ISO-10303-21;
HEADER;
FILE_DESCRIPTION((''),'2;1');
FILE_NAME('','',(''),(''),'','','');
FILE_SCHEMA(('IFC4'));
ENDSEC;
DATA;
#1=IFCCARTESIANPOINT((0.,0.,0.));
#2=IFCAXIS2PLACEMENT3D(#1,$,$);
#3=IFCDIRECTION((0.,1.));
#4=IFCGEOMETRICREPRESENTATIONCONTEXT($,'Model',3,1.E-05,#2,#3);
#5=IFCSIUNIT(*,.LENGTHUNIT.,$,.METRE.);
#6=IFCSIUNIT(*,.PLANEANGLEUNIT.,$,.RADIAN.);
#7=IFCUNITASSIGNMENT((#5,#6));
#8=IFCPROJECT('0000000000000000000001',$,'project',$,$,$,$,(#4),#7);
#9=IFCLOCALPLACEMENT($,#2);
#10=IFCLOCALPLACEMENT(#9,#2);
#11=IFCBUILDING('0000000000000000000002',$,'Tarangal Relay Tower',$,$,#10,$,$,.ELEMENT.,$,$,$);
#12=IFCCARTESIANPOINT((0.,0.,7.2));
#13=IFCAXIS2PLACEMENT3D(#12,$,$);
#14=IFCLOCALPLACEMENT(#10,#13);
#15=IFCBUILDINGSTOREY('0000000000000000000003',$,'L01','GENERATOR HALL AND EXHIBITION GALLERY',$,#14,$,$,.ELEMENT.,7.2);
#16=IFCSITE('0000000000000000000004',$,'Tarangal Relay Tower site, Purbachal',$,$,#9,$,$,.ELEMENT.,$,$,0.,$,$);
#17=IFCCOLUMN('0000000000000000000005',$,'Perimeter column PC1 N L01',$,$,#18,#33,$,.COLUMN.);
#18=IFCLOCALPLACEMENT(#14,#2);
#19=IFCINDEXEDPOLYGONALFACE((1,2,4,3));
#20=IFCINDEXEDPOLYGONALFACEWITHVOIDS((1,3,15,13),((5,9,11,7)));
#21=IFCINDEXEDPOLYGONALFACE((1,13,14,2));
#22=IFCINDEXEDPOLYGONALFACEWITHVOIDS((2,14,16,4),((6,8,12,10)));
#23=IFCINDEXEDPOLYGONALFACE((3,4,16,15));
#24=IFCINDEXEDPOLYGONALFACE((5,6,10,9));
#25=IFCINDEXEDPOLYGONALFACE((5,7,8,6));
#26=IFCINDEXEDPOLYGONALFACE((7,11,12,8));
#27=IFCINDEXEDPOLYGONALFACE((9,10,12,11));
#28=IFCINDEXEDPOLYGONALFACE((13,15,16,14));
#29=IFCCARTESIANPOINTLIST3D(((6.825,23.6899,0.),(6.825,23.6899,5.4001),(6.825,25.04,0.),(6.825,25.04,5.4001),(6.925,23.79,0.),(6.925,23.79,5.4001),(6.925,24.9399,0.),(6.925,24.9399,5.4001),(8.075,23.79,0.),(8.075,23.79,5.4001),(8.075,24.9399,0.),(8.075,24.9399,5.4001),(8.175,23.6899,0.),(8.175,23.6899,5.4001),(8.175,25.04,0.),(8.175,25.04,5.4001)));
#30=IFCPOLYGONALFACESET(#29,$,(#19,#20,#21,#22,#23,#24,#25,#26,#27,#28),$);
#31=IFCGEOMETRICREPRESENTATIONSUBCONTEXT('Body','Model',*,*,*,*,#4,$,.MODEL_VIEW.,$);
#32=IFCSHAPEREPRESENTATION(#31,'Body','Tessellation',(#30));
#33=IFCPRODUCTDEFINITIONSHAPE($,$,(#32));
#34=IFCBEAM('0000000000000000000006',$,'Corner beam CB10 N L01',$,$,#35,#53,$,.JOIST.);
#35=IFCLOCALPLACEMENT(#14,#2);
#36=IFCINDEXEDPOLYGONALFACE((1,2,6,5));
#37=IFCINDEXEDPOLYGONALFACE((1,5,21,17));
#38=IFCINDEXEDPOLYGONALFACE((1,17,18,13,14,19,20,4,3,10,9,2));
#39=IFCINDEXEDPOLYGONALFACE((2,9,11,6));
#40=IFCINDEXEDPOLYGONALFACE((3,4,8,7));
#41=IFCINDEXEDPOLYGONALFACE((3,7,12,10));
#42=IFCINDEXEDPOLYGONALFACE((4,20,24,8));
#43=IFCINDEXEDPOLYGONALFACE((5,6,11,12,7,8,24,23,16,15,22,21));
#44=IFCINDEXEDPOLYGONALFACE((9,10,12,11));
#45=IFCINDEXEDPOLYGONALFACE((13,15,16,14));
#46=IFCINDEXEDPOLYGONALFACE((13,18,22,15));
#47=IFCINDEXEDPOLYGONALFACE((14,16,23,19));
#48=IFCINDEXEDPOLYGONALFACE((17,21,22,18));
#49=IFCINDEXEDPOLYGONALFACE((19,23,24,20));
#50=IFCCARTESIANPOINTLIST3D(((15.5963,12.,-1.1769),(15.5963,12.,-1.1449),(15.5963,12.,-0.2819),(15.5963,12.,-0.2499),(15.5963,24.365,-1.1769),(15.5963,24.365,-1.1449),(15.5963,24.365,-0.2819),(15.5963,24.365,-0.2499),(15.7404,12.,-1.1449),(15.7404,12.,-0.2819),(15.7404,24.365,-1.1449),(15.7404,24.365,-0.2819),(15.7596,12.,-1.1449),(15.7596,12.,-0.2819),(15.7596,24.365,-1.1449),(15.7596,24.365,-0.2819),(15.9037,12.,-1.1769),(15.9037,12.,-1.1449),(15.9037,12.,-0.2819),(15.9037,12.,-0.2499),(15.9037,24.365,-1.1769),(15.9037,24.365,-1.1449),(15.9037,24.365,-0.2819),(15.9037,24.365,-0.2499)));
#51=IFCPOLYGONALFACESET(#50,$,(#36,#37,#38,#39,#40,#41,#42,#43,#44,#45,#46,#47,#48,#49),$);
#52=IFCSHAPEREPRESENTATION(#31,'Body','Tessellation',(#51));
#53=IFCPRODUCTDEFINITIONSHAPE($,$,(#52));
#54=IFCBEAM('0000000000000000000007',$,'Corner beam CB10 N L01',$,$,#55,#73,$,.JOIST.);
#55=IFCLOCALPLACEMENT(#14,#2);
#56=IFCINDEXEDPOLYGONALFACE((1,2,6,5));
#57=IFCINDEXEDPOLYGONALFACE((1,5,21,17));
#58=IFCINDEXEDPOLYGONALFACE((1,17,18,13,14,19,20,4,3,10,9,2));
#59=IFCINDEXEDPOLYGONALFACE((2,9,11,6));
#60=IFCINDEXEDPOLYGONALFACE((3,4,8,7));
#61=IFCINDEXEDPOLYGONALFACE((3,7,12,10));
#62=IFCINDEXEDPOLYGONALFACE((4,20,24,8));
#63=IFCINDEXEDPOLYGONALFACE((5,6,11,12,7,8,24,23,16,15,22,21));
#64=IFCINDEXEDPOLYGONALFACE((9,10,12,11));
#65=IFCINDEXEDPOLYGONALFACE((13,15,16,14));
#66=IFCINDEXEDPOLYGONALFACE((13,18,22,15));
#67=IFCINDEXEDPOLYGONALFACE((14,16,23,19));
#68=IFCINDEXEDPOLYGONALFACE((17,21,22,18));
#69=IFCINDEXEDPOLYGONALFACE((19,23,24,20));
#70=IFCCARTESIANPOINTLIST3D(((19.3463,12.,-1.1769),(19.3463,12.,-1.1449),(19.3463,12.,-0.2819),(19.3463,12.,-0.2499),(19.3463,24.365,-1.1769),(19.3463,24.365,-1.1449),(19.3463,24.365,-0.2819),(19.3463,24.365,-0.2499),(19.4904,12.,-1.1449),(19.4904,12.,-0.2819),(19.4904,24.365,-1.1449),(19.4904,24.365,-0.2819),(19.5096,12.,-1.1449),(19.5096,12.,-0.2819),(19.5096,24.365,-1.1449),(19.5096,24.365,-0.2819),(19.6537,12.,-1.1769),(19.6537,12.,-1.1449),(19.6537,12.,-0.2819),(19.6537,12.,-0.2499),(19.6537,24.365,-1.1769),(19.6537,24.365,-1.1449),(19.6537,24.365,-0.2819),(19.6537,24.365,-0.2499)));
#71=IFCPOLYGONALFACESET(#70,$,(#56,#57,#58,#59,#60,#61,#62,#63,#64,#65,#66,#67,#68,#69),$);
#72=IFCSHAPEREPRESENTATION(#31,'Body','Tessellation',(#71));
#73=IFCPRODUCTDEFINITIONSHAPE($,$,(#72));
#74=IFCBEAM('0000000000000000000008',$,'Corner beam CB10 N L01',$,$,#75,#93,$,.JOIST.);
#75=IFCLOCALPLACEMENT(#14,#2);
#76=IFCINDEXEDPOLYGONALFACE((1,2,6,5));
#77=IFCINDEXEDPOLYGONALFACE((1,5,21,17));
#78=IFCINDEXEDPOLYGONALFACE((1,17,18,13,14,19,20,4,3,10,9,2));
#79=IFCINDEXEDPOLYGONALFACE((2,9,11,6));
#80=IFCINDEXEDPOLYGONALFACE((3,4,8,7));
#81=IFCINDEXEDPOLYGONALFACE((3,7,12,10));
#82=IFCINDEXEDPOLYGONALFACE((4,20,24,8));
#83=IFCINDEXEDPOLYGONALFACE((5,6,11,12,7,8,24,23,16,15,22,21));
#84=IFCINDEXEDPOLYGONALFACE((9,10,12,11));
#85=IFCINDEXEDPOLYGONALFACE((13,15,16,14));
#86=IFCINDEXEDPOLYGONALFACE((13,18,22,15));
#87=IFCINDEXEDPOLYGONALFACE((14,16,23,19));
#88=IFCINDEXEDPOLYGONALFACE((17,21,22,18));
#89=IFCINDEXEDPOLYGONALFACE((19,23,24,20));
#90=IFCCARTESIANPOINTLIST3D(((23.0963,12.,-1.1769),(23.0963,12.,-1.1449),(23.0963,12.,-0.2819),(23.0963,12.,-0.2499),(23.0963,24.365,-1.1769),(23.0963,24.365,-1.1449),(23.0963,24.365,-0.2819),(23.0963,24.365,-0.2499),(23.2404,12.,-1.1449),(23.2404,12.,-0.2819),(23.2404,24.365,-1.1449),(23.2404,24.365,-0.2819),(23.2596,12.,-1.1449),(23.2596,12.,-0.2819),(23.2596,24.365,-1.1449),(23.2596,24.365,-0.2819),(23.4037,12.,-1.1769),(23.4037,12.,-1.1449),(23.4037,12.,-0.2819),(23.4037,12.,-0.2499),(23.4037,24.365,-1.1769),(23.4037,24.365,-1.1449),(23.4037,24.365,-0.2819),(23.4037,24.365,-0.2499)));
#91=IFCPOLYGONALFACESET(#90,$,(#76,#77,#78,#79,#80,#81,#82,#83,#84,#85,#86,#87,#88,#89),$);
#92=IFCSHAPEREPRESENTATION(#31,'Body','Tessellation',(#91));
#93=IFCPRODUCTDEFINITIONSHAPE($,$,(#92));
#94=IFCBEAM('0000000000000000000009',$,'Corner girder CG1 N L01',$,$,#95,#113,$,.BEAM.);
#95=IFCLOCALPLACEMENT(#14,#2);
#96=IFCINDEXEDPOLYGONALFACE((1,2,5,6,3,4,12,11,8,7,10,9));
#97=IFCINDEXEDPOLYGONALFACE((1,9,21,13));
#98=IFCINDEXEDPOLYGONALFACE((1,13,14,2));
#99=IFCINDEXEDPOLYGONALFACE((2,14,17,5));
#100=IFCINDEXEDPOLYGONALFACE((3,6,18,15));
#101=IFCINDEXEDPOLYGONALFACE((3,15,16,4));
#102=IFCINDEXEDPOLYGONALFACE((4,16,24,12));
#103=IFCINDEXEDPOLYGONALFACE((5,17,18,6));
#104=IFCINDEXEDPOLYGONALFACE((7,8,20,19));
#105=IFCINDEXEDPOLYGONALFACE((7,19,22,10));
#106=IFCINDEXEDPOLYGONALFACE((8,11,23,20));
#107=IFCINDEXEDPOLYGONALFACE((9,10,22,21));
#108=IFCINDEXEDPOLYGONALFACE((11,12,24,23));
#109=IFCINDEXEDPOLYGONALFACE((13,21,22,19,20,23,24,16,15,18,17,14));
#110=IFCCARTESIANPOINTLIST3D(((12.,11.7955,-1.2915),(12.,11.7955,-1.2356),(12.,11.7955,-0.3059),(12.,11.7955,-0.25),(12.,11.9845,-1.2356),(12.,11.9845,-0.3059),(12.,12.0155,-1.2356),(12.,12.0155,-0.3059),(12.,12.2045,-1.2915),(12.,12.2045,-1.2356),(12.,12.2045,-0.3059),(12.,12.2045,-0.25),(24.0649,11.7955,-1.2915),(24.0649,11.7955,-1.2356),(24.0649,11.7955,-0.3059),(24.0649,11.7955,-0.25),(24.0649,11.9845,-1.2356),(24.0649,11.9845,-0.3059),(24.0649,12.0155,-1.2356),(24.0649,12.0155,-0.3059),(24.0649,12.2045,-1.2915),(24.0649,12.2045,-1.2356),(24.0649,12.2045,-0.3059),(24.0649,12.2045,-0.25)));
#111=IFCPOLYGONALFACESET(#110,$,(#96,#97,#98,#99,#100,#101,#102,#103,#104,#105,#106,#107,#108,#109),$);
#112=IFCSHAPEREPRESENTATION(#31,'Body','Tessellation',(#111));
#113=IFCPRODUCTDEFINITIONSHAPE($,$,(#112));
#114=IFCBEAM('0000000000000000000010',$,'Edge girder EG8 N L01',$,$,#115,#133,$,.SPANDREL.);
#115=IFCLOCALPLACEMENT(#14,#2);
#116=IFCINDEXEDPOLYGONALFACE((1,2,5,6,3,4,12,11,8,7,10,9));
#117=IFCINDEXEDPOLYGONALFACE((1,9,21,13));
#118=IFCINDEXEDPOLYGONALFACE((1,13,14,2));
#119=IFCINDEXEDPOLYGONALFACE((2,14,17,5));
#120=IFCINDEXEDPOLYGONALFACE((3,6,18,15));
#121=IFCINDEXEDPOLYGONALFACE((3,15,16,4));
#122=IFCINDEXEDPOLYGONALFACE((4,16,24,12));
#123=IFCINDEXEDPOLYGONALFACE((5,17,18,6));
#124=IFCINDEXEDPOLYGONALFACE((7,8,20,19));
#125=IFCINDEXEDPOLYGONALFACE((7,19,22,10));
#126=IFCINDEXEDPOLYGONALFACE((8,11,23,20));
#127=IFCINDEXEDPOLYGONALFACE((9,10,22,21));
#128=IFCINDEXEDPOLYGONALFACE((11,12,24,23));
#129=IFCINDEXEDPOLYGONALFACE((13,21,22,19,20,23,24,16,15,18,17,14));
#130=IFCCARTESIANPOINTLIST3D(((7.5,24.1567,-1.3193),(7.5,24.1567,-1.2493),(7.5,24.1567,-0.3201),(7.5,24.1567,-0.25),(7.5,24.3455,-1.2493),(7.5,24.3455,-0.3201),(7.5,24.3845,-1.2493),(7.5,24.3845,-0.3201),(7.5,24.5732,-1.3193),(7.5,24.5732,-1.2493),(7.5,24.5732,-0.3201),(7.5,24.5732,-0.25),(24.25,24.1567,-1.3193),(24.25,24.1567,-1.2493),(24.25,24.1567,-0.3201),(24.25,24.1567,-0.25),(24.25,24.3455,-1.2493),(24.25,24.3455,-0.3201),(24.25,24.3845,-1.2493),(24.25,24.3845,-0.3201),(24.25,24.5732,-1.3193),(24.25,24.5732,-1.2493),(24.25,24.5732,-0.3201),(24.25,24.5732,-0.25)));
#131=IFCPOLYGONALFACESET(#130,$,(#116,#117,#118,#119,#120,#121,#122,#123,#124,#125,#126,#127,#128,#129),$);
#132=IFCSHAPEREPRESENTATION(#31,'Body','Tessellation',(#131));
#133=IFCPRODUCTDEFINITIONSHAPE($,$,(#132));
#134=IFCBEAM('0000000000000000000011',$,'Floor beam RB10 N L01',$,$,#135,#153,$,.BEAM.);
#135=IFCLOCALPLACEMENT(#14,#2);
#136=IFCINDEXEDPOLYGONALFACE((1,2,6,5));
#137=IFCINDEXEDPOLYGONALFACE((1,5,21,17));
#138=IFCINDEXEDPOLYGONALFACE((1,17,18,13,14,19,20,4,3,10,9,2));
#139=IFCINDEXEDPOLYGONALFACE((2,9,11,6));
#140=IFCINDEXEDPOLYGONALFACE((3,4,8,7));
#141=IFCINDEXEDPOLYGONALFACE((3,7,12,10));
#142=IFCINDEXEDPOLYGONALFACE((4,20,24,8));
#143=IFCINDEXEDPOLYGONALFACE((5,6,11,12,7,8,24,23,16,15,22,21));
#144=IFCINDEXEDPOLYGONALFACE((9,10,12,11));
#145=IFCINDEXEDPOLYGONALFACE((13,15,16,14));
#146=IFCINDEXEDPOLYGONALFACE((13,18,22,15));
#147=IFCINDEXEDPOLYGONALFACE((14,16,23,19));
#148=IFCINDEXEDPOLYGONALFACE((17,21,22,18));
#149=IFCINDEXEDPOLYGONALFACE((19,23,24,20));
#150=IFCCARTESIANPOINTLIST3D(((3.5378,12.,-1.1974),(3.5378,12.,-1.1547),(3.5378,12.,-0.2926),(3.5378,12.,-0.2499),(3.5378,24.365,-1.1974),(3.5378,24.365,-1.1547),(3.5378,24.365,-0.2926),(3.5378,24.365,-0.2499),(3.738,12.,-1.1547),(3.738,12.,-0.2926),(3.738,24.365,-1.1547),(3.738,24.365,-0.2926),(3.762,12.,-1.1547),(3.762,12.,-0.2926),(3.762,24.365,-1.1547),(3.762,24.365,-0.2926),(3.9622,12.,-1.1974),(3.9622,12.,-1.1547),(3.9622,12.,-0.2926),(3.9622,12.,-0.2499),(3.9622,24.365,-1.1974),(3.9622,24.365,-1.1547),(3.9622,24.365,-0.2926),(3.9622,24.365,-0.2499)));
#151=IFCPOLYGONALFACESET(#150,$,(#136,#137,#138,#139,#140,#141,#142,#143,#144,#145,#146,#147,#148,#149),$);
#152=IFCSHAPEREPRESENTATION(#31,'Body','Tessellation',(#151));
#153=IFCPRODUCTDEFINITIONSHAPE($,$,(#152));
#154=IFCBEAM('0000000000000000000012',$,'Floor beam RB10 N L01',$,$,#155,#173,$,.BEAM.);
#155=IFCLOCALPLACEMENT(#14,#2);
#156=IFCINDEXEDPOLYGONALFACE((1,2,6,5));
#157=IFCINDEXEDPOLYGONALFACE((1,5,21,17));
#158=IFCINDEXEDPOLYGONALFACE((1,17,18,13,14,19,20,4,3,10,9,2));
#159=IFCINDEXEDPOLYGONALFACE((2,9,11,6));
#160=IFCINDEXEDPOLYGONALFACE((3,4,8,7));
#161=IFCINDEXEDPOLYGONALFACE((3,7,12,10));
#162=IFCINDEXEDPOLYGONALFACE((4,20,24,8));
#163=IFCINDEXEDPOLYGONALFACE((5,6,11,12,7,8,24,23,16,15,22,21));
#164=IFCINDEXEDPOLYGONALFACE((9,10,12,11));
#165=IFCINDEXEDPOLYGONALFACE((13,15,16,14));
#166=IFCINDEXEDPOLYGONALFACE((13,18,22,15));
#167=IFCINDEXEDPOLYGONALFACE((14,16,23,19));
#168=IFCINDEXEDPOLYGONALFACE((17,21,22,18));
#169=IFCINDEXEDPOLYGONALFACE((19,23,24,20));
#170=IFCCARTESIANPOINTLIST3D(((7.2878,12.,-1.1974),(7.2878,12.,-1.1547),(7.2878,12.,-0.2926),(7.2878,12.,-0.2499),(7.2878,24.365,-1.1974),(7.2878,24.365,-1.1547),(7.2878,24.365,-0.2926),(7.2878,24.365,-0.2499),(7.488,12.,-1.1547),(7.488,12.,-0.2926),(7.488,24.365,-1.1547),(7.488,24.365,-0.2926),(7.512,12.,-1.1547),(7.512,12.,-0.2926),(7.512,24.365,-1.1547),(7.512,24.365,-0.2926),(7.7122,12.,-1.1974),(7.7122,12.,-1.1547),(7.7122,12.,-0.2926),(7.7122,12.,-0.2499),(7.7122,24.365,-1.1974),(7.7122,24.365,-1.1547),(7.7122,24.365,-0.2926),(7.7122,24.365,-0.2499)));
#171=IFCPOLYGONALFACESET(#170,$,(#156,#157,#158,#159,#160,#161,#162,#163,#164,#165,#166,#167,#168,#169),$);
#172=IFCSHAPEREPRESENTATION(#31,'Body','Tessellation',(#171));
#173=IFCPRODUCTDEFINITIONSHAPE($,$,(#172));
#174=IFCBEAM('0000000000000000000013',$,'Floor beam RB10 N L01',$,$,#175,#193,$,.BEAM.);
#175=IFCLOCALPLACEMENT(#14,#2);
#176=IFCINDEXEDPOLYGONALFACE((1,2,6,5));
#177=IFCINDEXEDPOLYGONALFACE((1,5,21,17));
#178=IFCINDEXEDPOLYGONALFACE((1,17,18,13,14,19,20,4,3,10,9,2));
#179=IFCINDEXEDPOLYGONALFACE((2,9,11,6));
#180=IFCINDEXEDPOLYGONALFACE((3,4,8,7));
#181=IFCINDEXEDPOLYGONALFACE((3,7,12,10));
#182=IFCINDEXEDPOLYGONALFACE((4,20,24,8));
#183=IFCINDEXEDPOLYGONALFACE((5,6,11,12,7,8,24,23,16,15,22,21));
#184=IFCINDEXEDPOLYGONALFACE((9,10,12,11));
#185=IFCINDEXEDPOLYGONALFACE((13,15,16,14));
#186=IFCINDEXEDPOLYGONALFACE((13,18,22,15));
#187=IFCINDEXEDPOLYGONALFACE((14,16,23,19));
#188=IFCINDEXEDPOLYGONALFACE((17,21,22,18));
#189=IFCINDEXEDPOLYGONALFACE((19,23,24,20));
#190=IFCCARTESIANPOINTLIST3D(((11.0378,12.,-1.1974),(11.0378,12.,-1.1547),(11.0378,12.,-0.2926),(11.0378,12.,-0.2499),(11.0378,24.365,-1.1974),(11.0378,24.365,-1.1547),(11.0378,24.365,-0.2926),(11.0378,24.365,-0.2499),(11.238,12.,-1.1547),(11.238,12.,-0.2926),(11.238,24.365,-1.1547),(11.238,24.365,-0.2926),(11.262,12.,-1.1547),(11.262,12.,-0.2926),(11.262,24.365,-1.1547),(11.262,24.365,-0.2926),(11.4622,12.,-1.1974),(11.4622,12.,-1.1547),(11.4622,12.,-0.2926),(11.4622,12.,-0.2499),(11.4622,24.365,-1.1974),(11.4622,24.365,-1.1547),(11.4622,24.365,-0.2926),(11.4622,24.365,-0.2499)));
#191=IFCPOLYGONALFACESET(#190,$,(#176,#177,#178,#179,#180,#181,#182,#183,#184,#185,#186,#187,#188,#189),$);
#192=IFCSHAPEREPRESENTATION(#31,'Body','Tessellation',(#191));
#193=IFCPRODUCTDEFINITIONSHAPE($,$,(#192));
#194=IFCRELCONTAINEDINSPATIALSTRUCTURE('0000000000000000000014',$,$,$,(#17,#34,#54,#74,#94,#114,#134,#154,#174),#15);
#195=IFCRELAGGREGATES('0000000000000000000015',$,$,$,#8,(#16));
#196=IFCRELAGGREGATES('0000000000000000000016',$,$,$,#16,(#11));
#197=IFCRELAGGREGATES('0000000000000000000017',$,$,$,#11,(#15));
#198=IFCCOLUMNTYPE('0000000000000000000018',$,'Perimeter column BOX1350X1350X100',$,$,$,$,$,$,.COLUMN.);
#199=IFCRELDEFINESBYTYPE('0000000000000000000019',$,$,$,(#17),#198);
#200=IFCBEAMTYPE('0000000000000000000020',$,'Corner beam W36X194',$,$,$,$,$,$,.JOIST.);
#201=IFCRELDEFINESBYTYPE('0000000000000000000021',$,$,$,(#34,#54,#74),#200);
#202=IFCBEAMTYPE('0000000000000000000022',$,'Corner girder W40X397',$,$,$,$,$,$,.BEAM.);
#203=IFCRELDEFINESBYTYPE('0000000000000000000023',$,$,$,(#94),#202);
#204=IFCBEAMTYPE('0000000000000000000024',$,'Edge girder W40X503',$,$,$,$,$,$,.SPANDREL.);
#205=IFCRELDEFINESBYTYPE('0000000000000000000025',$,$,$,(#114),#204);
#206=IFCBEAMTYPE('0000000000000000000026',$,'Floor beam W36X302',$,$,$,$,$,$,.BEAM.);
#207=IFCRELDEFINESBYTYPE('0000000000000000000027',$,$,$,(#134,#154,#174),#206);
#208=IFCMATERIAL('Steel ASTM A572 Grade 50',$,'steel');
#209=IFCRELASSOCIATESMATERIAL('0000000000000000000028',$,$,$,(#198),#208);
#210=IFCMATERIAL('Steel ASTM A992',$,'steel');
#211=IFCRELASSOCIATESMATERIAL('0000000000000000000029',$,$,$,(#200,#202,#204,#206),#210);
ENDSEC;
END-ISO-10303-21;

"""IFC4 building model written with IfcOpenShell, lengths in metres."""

from ifc_helpers import new_model, si_unit, direction, frame, origin, origin_2d, place, context, subcontext, project, spatial, hollow_rectangle, i_section, extrude, material, material_profile, profile_set, type_object, element, save


model = new_model("IFC4")

# Units and contexts
model_context = context("Model", 3, precision=1e-05, world=origin(), true_north=direction((0.0, 1.0)))
body_context = subcontext(model_context, "Body", "Model", "MODEL_VIEW")
ifc_project = project(units=[si_unit("LENGTHUNIT", "METRE"), si_unit("PLANEANGLEUNIT", "RADIAN")], contexts=[model_context])

# Site, building, storey
site_placement = place(None, origin())
site = spatial("IfcSite", under=ifc_project, at=site_placement, Name="Tarangal Relay Tower site, Purbachal", CompositionType="ELEMENT", RefElevation=0.0)
building_placement = place(site_placement, origin())
building = spatial("IfcBuilding", under=site, at=building_placement, Name="Tarangal Relay Tower", CompositionType="ELEMENT")
storey_placement = place(building_placement, frame((0.0, 0.0, 7.2)))
storey = spatial("IfcBuildingStorey", under=building, at=storey_placement, Name="L01", Description="GENERATOR HALL AND EXHIBITION GALLERY", CompositionType="ELEMENT", Elevation=7.2)

# Column
ifc_material_1 = material(Name="Steel ASTM A572 Grade 50", Category="steel")
ifc_material_profile_1 = material_profile(ifc_material_1, hollow_rectangle(XDim=1.3501, YDim=1.3501, WallThickness=0.1001, at=origin_2d()), Name="BOX1350X1350X100")
ifc_profile_set_1 = profile_set([ifc_material_profile_1], Name="Steel ASTM A572 Grade 50")
column_type = type_object("IfcColumnType", Name="Perimeter column BOX1350X1350X100", PredefinedType="COLUMN", material=ifc_profile_set_1)
column_placement = place(storey_placement, frame((7.5, 24.365, 0.0), z_axis=(0.0, 0.0, 1.0), x_axis=(1.0, 0.0, 0.0)))
element("IfcColumn", 1, at=column_placement, inside=storey, type_object=column_type, Name="Perimeter column PC1 N L01", PredefinedType="COLUMN", context=body_context, shape_type="SweptSolid", body=[
    extrude(hollow_rectangle(XDim=1.3501, YDim=1.3501, WallThickness=0.1001, at=origin_2d()), origin(), (0.0, 0.0, 1.0), 5.4001),
])

# Beams
ifc_material_2 = material(Name="Steel ASTM A992", Category="steel")
ifc_material_profile_2 = material_profile(ifc_material_2, i_section(OverallWidth=0.3074, OverallDepth=0.927, WebThickness=0.0193, FlangeThickness=0.032, at=origin_2d()), Name="W36X194")
ifc_profile_set_2 = profile_set([ifc_material_profile_2], Name="Steel ASTM A992")
beam_type_1 = type_object("IfcBeamType", Name="Corner beam W36X194", PredefinedType="JOIST", material=ifc_profile_set_2)
for number, where, z_axis, x_axis, name in (
    (2, (15.75, 12.0, -0.7134), (0.0, 1.0, 0.0), (-1.0, 0.0, 0.0), "Corner beam CB10 N L01"),
    (3, (19.5, 12.0, -0.7134), (0.0, 1.0, 0.0), (-1.0, 0.0, 0.0), "Corner beam CB10 N L01"),
    (4, (23.25, 12.0, -0.7134), (0.0, 1.0, 0.0), (-1.0, 0.0, 0.0), "Corner beam CB10 N L01"),
):
    element("IfcBeam", number, at=place(storey_placement, frame(where, z_axis=z_axis, x_axis=x_axis)), inside=storey, type_object=beam_type_1, Name=name, PredefinedType="JOIST", context=body_context, shape_type="SweptSolid", body=[
        extrude(i_section(OverallWidth=0.3074, OverallDepth=0.927, WebThickness=0.0193, FlangeThickness=0.032, at=origin_2d()), origin(), (0.0, 0.0, 1.0), 12.365),
    ])
ifc_material_profile_3 = material_profile(ifc_material_2, i_section(OverallWidth=0.4089, OverallDepth=1.0415, WebThickness=0.031, FlangeThickness=0.0559, at=origin_2d()), Name="W40X397")
ifc_profile_set_3 = profile_set([ifc_material_profile_3], Name="Steel ASTM A992")
beam_type_2 = type_object("IfcBeamType", Name="Corner girder W40X397", PredefinedType="BEAM", material=ifc_profile_set_3)
beam_1_placement = place(storey_placement, frame((12.0, 12.0, -0.7708), z_axis=(1.0, 0.0, 0.0), x_axis=(0.0, 1.0, 0.0)))
element("IfcBeam", 5, at=beam_1_placement, inside=storey, type_object=beam_type_2, Name="Corner girder CG1 N L01", PredefinedType="BEAM", context=body_context, shape_type="SweptSolid", body=[
    extrude(i_section(OverallWidth=0.4089, OverallDepth=1.0415, WebThickness=0.031, FlangeThickness=0.0559, at=origin_2d()), origin(), (0.0, 0.0, 1.0), 12.0649),
])
ifc_material_profile_4 = material_profile(ifc_material_2, i_section(OverallWidth=0.4165, OverallDepth=1.0693, WebThickness=0.0391, FlangeThickness=0.0701, at=origin_2d()), Name="W40X503")
ifc_profile_set_4 = profile_set([ifc_material_profile_4], Name="Steel ASTM A992")
beam_type_3 = type_object("IfcBeamType", Name="Edge girder W40X503", PredefinedType="SPANDREL", material=ifc_profile_set_4)
beam_2_placement = place(storey_placement, frame((7.5, 24.365, -0.7847), z_axis=(1.0, 0.0, 0.0), x_axis=(0.0, 1.0, 0.0)))
element("IfcBeam", 6, at=beam_2_placement, inside=storey, type_object=beam_type_3, Name="Edge girder EG8 N L01", PredefinedType="SPANDREL", context=body_context, shape_type="SweptSolid", body=[
    extrude(i_section(OverallWidth=0.4165, OverallDepth=1.0693, WebThickness=0.0391, FlangeThickness=0.0701, at=origin_2d()), origin(), (0.0, 0.0, 1.0), 16.75),
])
ifc_material_profile_5 = material_profile(ifc_material_2, i_section(OverallWidth=0.4243, OverallDepth=0.9475, WebThickness=0.0239, FlangeThickness=0.0427, at=origin_2d()), Name="W36X302")
ifc_profile_set_5 = profile_set([ifc_material_profile_5], Name="Steel ASTM A992")
beam_type_4 = type_object("IfcBeamType", Name="Floor beam W36X302", PredefinedType="BEAM", material=ifc_profile_set_5)
for number, where, z_axis, x_axis, name in (
    (7, (3.75, 12.0, -0.7236), (0.0, 1.0, 0.0), (-1.0, 0.0, 0.0), "Floor beam RB10 N L01"),
    (8, (7.5, 12.0, -0.7236), (0.0, 1.0, 0.0), (-1.0, 0.0, 0.0), "Floor beam RB10 N L01"),
    (9, (11.25, 12.0, -0.7236), (0.0, 1.0, 0.0), (-1.0, 0.0, 0.0), "Floor beam RB10 N L01"),
):
    element("IfcBeam", number, at=place(storey_placement, frame(where, z_axis=z_axis, x_axis=x_axis)), inside=storey, type_object=beam_type_4, Name=name, PredefinedType="BEAM", context=body_context, shape_type="SweptSolid", body=[
        extrude(i_section(OverallWidth=0.4243, OverallDepth=0.9475, WebThickness=0.0239, FlangeThickness=0.0427, at=origin_2d()), origin(), (0.0, 0.0, 1.0), 12.365),
    ])

save(model, "model.ifc")
